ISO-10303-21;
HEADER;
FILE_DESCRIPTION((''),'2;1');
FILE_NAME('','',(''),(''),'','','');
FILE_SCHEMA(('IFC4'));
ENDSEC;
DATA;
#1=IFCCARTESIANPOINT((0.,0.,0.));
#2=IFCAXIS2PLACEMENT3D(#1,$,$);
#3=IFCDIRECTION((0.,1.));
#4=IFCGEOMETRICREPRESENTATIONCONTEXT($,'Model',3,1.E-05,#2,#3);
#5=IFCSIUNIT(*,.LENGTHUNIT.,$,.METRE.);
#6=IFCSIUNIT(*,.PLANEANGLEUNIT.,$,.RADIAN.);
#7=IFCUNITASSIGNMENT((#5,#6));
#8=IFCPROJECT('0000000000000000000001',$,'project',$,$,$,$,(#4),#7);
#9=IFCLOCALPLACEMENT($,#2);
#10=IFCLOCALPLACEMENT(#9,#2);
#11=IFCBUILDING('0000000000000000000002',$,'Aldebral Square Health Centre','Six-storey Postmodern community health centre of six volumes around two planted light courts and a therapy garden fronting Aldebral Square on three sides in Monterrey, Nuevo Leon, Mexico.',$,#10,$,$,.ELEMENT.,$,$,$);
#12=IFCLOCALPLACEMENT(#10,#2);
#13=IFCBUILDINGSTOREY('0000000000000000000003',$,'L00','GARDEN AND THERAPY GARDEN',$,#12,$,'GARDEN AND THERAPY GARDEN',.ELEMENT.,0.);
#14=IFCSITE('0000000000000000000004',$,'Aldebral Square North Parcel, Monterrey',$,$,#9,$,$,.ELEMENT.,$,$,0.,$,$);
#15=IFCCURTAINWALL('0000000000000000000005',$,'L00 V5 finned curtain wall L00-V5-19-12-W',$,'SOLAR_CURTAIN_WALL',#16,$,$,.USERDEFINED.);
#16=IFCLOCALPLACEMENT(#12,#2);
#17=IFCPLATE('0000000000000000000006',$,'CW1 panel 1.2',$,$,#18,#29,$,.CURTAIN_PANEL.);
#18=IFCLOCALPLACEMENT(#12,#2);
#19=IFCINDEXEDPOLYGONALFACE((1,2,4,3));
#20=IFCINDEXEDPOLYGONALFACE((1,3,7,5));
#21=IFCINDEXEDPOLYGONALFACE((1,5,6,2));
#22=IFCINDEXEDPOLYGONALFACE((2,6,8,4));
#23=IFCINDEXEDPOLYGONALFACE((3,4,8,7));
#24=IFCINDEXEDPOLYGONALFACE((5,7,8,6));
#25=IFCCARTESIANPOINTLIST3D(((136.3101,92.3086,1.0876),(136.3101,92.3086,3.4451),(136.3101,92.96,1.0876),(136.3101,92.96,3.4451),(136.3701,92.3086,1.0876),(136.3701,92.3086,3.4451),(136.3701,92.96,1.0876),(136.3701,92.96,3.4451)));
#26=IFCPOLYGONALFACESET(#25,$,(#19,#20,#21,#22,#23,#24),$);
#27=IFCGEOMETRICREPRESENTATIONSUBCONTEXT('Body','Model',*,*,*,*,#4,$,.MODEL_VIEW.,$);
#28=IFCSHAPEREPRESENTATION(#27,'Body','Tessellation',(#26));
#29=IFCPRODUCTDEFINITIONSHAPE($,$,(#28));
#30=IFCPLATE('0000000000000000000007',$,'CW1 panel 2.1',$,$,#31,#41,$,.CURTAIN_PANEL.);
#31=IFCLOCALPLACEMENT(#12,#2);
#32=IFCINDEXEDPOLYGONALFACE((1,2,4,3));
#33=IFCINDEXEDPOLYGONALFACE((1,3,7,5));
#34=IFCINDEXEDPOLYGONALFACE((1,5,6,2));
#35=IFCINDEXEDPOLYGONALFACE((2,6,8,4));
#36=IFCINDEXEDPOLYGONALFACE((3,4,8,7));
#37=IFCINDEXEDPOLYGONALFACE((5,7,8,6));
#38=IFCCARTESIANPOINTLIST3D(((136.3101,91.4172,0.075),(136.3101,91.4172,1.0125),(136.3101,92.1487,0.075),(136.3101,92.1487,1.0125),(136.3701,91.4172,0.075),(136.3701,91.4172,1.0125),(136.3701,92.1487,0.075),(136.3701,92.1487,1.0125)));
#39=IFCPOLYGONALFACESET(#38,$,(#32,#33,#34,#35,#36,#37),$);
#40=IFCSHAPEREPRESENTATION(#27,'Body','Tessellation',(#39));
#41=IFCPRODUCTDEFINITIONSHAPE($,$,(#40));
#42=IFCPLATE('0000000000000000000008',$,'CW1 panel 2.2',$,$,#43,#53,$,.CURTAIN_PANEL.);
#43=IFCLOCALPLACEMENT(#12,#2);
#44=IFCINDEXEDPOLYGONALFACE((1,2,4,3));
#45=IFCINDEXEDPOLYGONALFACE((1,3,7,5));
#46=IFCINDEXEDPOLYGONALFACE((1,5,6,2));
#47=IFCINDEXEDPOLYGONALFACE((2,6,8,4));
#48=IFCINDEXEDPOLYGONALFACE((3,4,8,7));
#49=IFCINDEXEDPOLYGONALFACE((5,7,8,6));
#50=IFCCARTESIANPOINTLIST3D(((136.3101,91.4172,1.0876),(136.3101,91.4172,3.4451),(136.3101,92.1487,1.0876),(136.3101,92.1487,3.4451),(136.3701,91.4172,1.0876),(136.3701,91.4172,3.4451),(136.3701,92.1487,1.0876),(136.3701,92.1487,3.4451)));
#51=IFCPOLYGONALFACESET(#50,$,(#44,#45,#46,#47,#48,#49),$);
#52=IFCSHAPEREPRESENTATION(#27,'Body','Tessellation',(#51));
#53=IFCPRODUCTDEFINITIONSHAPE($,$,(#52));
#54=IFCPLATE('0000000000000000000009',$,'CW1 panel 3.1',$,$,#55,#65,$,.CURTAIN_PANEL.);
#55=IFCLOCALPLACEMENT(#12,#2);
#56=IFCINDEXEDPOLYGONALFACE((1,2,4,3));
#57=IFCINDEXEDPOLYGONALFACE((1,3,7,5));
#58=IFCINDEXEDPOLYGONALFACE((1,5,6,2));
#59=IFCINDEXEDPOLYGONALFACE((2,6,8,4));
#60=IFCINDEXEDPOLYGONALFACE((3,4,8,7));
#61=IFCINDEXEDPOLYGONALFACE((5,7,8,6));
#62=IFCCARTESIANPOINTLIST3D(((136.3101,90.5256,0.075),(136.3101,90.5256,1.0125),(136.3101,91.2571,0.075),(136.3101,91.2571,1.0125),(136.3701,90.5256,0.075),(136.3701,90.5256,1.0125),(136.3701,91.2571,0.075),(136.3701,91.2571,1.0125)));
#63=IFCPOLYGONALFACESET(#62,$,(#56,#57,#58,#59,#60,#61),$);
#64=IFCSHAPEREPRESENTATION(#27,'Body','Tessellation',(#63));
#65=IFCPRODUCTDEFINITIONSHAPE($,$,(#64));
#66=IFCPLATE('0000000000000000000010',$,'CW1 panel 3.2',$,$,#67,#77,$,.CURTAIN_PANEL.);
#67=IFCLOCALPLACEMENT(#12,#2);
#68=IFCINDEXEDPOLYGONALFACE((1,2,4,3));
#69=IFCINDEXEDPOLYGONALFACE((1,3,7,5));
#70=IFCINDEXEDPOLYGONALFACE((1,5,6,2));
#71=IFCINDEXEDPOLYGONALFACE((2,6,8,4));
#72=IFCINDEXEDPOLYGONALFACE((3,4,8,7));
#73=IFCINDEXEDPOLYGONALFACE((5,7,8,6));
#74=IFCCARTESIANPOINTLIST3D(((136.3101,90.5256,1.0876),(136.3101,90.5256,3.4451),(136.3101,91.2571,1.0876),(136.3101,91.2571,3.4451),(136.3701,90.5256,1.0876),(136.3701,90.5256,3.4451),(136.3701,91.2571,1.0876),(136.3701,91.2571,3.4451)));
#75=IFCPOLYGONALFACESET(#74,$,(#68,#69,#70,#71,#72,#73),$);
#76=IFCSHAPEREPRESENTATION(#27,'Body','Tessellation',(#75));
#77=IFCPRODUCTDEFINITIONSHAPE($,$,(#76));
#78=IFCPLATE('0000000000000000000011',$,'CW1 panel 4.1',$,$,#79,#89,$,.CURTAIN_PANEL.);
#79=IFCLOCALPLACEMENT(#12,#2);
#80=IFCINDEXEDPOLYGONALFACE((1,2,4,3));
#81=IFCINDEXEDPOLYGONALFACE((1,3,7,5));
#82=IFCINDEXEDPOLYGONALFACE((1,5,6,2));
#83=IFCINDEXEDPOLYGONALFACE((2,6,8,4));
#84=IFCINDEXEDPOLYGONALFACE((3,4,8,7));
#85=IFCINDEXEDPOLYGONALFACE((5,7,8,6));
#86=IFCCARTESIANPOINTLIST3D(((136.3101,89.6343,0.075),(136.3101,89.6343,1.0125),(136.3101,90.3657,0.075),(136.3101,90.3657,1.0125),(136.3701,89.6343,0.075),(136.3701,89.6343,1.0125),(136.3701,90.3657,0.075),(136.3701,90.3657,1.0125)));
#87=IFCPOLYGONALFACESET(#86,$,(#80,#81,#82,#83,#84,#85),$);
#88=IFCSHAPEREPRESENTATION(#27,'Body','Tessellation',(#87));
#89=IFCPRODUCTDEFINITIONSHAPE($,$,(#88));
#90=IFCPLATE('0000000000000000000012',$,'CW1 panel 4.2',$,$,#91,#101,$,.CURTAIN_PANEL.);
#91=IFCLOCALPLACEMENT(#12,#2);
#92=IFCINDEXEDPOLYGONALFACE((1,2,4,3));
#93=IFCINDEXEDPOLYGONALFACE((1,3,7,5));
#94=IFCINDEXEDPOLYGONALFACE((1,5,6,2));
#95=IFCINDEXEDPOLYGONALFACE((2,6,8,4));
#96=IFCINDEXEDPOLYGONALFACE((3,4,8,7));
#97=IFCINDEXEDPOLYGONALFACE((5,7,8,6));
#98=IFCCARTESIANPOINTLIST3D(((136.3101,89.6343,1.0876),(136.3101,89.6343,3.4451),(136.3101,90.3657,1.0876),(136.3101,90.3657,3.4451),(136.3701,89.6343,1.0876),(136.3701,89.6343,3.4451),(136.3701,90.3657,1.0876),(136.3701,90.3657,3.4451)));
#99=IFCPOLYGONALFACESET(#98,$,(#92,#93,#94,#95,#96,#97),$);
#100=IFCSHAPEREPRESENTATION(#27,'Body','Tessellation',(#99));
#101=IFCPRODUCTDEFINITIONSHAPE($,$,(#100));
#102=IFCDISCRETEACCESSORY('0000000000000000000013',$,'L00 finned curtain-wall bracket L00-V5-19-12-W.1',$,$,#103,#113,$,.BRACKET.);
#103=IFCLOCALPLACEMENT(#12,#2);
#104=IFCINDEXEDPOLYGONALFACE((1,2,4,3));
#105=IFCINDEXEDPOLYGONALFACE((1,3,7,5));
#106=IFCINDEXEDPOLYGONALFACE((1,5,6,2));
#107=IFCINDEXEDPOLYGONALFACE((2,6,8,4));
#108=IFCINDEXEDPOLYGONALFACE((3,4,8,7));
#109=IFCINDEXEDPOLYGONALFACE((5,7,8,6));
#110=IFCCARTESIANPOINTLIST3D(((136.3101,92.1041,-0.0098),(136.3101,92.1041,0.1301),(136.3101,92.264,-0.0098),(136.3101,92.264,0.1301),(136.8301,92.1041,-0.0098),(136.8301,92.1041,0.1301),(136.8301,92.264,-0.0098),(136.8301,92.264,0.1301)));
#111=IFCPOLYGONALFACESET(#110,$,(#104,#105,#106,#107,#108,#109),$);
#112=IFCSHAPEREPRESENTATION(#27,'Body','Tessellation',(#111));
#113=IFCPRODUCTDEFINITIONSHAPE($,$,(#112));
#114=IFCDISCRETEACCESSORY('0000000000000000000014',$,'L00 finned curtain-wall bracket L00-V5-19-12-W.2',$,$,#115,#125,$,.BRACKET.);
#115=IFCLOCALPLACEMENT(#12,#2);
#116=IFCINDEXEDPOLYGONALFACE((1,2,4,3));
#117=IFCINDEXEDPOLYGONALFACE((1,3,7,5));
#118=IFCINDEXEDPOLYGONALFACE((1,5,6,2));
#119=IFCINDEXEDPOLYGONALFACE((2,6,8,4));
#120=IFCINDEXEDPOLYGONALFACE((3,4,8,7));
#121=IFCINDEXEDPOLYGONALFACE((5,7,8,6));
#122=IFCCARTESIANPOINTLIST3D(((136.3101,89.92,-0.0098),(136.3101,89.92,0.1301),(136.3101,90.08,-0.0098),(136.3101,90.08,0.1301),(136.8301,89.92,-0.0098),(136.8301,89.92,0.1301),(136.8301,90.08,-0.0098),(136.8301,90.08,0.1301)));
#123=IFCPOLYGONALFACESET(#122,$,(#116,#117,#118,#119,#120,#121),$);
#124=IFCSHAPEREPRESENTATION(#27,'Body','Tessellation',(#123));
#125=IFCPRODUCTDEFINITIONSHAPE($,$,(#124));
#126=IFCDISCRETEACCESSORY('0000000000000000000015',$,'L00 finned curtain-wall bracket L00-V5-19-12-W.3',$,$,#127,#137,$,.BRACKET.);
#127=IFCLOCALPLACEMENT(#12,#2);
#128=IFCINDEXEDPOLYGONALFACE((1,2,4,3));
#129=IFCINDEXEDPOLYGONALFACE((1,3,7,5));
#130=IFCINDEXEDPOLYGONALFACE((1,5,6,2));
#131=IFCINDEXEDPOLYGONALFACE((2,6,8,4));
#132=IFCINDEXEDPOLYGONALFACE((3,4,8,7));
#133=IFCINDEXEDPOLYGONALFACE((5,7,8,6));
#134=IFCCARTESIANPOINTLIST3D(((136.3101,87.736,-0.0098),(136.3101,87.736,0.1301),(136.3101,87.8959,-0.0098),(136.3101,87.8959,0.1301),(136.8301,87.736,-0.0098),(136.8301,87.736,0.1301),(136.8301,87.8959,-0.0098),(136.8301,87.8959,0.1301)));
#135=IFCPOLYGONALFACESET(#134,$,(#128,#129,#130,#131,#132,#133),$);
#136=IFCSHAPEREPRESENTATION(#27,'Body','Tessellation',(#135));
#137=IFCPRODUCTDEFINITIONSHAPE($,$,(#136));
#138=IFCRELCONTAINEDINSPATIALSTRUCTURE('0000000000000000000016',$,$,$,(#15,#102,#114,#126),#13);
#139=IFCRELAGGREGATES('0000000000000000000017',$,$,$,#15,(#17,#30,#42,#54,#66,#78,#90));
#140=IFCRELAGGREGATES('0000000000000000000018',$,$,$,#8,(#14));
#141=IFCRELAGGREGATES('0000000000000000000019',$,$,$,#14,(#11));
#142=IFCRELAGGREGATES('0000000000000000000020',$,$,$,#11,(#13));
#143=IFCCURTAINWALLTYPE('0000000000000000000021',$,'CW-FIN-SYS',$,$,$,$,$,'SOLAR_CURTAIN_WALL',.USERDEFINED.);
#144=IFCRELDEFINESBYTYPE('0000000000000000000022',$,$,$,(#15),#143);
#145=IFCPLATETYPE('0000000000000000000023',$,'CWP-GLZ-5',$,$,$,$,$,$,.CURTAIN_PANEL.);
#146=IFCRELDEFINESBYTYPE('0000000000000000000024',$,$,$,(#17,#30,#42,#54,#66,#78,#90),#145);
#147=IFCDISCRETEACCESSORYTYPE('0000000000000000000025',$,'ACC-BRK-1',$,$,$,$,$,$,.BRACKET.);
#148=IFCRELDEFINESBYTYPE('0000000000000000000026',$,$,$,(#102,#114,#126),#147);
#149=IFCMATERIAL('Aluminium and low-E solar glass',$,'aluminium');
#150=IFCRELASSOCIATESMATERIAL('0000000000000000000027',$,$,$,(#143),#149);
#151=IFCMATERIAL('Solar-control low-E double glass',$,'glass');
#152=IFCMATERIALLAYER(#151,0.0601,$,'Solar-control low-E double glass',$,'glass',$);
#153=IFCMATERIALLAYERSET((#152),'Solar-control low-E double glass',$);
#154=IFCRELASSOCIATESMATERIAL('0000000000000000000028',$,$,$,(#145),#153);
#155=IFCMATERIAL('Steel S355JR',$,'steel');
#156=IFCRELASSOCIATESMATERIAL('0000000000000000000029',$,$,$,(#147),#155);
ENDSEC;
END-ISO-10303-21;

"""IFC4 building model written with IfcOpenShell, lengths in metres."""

from ifc_helpers import new_model, si_unit, direction, frame, origin, origin_2d, place, context, subcontext, project, spatial, rectangle, extrude, material, layer, layer_set, type_object, element, aggregate, save


model = new_model("IFC4")

# Units and contexts
model_context = context("Model", 3, precision=1e-05, world=origin(), true_north=direction((0.0, 1.0)))
body_context = subcontext(model_context, "Body", "Model", "MODEL_VIEW")
ifc_project = project(units=[si_unit("LENGTHUNIT", "METRE"), si_unit("PLANEANGLEUNIT", "RADIAN")], contexts=[model_context])

# Site, building, storey
site_placement = place(None, origin())
site = spatial("IfcSite", under=ifc_project, at=site_placement, Name="Aldebral Square North Parcel, Monterrey", CompositionType="ELEMENT", RefElevation=0.0)
building_placement = place(site_placement, origin())
building = spatial("IfcBuilding", under=site, at=building_placement, Name="Aldebral Square Health Centre", Description="Six-storey Postmodern community health centre of six volumes around two planted light courts and a therapy garden fronting Aldebral Square on three sides in Monterrey, Nuevo Leon, Mexico.", CompositionType="ELEMENT")
storey_placement = place(building_placement, origin())
storey = spatial("IfcBuildingStorey", under=building, at=storey_placement, Name="L00", Description="GARDEN AND THERAPY GARDEN", LongName="GARDEN AND THERAPY GARDEN", CompositionType="ELEMENT", Elevation=0.0)

# Curtain wall, plates
ifc_material_1 = material(Name="Aluminium and low-E solar glass", Category="aluminium")
curtain_wall_type = type_object("IfcCurtainWallType", Name="CW-FIN-SYS", ElementType="SOLAR_CURTAIN_WALL", PredefinedType="USERDEFINED", material=ifc_material_1)
curtain_wall_placement = place(storey_placement, origin())
curtain_wall = element("IfcCurtainWall", 1, at=curtain_wall_placement, inside=storey, type_object=curtain_wall_type, Name="L00 V5 finned curtain wall L00-V5-19-12-W", ObjectType="SOLAR_CURTAIN_WALL", PredefinedType="USERDEFINED")
ifc_material_2 = material(Name="Solar-control low-E double glass", Category="glass")
ifc_layer_1 = layer(ifc_material_2, 0.0601, Name="Solar-control low-E double glass", Category="glass")
ifc_layer_set_1 = layer_set([ifc_layer_1], Name="Solar-control low-E double glass")
plate_type = type_object("IfcPlateType", Name="CWP-GLZ-5", PredefinedType="CURTAIN_PANEL", material=ifc_layer_set_1)
plate_1_placement = place(storey_placement, frame((136.3401, 92.6343, 1.0876), z_axis=(0.0, 0.0, 1.0), x_axis=(0.0, -1.0, 0.0)))
plate_1 = element("IfcPlate", 2, at=plate_1_placement, type_object=plate_type, Name="CW1 panel 1.2", PredefinedType="CURTAIN_PANEL", context=body_context, shape_type="SweptSolid", body=[
    extrude(rectangle(XDim=0.6514, YDim=0.0601, at=origin_2d()), origin(), (0.0, 0.0, 1.0), 2.3574),
])
plate_2_placement = place(storey_placement, frame((136.3401, 91.783, 0.075), z_axis=(0.0, 0.0, 1.0), x_axis=(0.0, -1.0, 0.0)))
plate_2 = element("IfcPlate", 3, at=plate_2_placement, type_object=plate_type, Name="CW1 panel 2.1", PredefinedType="CURTAIN_PANEL", context=body_context, shape_type="SweptSolid", body=[
    extrude(rectangle(XDim=0.7314, YDim=0.0601, at=origin_2d()), origin(), (0.0, 0.0, 1.0), 0.9375),
])
plate_3_placement = place(storey_placement, frame((136.3401, 91.783, 1.0876), z_axis=(0.0, 0.0, 1.0), x_axis=(0.0, -1.0, 0.0)))
plate_3 = element("IfcPlate", 4, at=plate_3_placement, type_object=plate_type, Name="CW1 panel 2.2", PredefinedType="CURTAIN_PANEL", context=body_context, shape_type="SweptSolid", body=[
    extrude(rectangle(XDim=0.7314, YDim=0.0601, at=origin_2d()), origin(), (0.0, 0.0, 1.0), 2.3574),
])
plate_4_placement = place(storey_placement, frame((136.3401, 90.8914, 0.075), z_axis=(0.0, 0.0, 1.0), x_axis=(0.0, -1.0, 0.0)))
plate_4 = element("IfcPlate", 5, at=plate_4_placement, type_object=plate_type, Name="CW1 panel 3.1", PredefinedType="CURTAIN_PANEL", context=body_context, shape_type="SweptSolid", body=[
    extrude(rectangle(XDim=0.7314, YDim=0.0601, at=origin_2d()), origin(), (0.0, 0.0, 1.0), 0.9375),
])
plate_5_placement = place(storey_placement, frame((136.3401, 90.8914, 1.0876), z_axis=(0.0, 0.0, 1.0), x_axis=(0.0, -1.0, 0.0)))
plate_5 = element("IfcPlate", 6, at=plate_5_placement, type_object=plate_type, Name="CW1 panel 3.2", PredefinedType="CURTAIN_PANEL", context=body_context, shape_type="SweptSolid", body=[
    extrude(rectangle(XDim=0.7314, YDim=0.0601, at=origin_2d()), origin(), (0.0, 0.0, 1.0), 2.3574),
])
plate_6_placement = place(storey_placement, frame((136.3401, 90.0, 0.075), z_axis=(0.0, 0.0, 1.0), x_axis=(0.0, -1.0, 0.0)))
plate_6 = element("IfcPlate", 7, at=plate_6_placement, type_object=plate_type, Name="CW1 panel 4.1", PredefinedType="CURTAIN_PANEL", context=body_context, shape_type="SweptSolid", body=[
    extrude(rectangle(XDim=0.7314, YDim=0.0601, at=origin_2d()), origin(), (0.0, 0.0, 1.0), 0.9375),
])
plate_7_placement = place(storey_placement, frame((136.3401, 90.0, 1.0876), z_axis=(0.0, 0.0, 1.0), x_axis=(0.0, -1.0, 0.0)))
plate_7 = element("IfcPlate", 8, at=plate_7_placement, type_object=plate_type, Name="CW1 panel 4.2", PredefinedType="CURTAIN_PANEL", context=body_context, shape_type="SweptSolid", body=[
    extrude(rectangle(XDim=0.7314, YDim=0.0601, at=origin_2d()), origin(), (0.0, 0.0, 1.0), 2.3574),
])
aggregate(curtain_wall, [plate_1, plate_2, plate_3, plate_4, plate_5, plate_6, plate_7])

# Discrete accessories
ifc_material_3 = material(Name="Steel S355JR", Category="steel")
discrete_accessory_type = type_object("IfcDiscreteAccessoryType", Name="ACC-BRK-1", PredefinedType="BRACKET", material=ifc_material_3)
for number, where, z_axis, x_axis, name in (
    (9, (136.5701, 92.1841, -0.0098), (0.0, 0.0, 1.0), (0.0, 1.0, 0.0), "L00 finned curtain-wall bracket L00-V5-19-12-W.1"),
    (10, (136.5701, 90.0, -0.0098), (0.0, 0.0, 1.0), (0.0, 1.0, 0.0), "L00 finned curtain-wall bracket L00-V5-19-12-W.2"),
    (11, (136.5701, 87.8159, -0.0098), (0.0, 0.0, 1.0), (0.0, 1.0, 0.0), "L00 finned curtain-wall bracket L00-V5-19-12-W.3"),
):
    element("IfcDiscreteAccessory", number, at=place(storey_placement, frame(where, z_axis=z_axis, x_axis=x_axis)), inside=storey, type_object=discrete_accessory_type, Name=name, PredefinedType="BRACKET", context=body_context, shape_type="SweptSolid", body=[
        extrude(rectangle(XDim=0.1599, YDim=0.52, at=origin_2d()), origin(), (0.0, 0.0, 1.0), 0.1399),
    ])

save(model, "model.ifc")
